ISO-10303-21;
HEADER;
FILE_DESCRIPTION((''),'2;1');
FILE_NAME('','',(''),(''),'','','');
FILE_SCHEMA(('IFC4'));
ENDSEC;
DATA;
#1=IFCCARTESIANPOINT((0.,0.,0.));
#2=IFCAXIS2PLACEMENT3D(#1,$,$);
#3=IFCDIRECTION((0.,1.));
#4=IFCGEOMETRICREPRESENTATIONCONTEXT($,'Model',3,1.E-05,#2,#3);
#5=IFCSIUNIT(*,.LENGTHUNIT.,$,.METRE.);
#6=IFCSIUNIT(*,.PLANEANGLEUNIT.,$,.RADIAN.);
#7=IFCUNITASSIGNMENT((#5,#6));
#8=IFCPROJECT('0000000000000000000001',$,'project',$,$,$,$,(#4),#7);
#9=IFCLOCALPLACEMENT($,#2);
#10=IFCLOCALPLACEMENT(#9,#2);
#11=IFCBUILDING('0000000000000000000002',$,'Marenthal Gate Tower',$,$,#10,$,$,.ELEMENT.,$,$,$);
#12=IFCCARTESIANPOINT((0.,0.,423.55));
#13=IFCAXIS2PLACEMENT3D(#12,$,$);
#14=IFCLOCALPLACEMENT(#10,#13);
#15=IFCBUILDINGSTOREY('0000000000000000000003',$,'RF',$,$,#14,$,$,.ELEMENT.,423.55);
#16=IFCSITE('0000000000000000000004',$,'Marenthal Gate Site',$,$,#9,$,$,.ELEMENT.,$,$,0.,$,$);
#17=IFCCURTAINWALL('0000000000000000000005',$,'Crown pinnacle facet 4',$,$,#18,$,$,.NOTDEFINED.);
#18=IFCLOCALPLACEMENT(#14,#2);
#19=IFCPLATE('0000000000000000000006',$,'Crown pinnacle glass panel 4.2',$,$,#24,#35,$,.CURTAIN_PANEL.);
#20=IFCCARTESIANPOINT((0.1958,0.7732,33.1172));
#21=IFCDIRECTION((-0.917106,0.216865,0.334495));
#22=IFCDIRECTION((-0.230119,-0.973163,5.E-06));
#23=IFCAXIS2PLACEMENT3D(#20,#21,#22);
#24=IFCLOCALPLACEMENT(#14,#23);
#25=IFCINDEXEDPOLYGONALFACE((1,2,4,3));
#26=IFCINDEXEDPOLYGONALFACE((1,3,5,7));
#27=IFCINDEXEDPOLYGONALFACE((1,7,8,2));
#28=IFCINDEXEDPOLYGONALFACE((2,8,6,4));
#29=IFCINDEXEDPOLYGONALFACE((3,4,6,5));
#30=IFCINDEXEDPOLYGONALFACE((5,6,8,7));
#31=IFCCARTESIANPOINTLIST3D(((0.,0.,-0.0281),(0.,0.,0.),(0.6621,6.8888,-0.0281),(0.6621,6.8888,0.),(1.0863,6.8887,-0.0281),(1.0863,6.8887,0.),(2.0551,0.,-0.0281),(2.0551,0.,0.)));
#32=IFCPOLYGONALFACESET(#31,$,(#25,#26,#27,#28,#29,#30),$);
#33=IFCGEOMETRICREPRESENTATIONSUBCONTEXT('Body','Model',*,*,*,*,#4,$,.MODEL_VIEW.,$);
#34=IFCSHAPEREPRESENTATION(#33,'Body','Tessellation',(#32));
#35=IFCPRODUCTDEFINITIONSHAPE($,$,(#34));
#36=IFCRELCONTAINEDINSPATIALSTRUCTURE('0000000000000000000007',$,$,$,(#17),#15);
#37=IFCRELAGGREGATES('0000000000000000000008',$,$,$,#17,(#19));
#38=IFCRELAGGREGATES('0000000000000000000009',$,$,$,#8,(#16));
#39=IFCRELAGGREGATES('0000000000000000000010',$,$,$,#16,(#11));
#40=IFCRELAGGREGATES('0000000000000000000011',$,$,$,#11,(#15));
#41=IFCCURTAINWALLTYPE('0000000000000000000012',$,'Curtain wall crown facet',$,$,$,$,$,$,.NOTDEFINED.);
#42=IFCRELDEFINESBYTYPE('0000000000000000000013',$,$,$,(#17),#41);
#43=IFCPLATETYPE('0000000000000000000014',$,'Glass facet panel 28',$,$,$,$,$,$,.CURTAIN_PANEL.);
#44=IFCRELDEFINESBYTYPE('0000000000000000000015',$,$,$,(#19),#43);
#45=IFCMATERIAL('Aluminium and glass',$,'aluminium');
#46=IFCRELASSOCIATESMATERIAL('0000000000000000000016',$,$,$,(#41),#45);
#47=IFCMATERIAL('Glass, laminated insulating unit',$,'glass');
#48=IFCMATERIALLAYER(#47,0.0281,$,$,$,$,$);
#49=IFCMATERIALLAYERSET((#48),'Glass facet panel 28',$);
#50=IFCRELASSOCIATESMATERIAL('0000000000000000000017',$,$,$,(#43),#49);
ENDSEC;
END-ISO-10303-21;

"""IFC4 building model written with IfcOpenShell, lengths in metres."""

from ifc_helpers import new_model, si_unit, direction, frame, origin, place, context, subcontext, project, spatial, polyline, outline, extrude, material, layer, layer_set, type_object, element, aggregate, save


model = new_model("IFC4")

# Units and contexts
model_context = context("Model", 3, precision=1e-05, world=origin(), true_north=direction((0.0, 1.0)))
body_context = subcontext(model_context, "Body", "Model", "MODEL_VIEW")
ifc_project = project(units=[si_unit("LENGTHUNIT", "METRE"), si_unit("PLANEANGLEUNIT", "RADIAN")], contexts=[model_context])

# Site, building, storey
site_placement = place(None, origin())
site = spatial("IfcSite", under=ifc_project, at=site_placement, Name="Marenthal Gate Site", CompositionType="ELEMENT", RefElevation=0.0)
building_placement = place(site_placement, origin())
building = spatial("IfcBuilding", under=site, at=building_placement, Name="Marenthal Gate Tower", CompositionType="ELEMENT")
storey_placement = place(building_placement, frame((0.0, 0.0, 423.55)))
storey = spatial("IfcBuildingStorey", under=building, at=storey_placement, Name="RF", CompositionType="ELEMENT", Elevation=423.55)

# Shared definitions
ifc_material_1 = material(Name="Aluminium and glass", Category="aluminium")
curtain_wall_type = type_object("IfcCurtainWallType", Name="Curtain wall crown facet", PredefinedType="NOTDEFINED", material=ifc_material_1)

# Curtain wall
curtain_wall_1_placement = place(storey_placement, origin())
curtain_wall_1 = element("IfcCurtainWall", 1, at=curtain_wall_1_placement, inside=storey, type_object=curtain_wall_type, Name="Crown pinnacle facet 4", PredefinedType="NOTDEFINED")

# Plate
ifc_material_2 = material(Name="Glass, laminated insulating unit", Category="glass")
ifc_layer_1 = layer(ifc_material_2, 0.0281)
ifc_layer_set_1 = layer_set([ifc_layer_1], Name="Glass facet panel 28")
plate_type = type_object("IfcPlateType", Name="Glass facet panel 28", PredefinedType="CURTAIN_PANEL", material=ifc_layer_set_1)
plate_1_placement = place(storey_placement, frame((0.1958, 0.7732, 33.1172), z_axis=(-0.917106, 0.216865, 0.334495), x_axis=(-0.230119, -0.973163, 0.000005)))
plate_1 = element("IfcPlate", 2, at=plate_1_placement, type_object=plate_type, Name="Crown pinnacle glass panel 4.2", PredefinedType="CURTAIN_PANEL", context=body_context, shape_type="SweptSolid", body=[
    extrude(outline(polyline([(0.0, 0.0), (2.0551, 0.0), (1.0863, 6.8887), (0.6621, 6.8888), (0.0, 0.0)])), origin(), (0.0, 0.0, -1.0), 0.0281),
])
aggregate(curtain_wall_1, [plate_1])

save(model, "model.ifc")
